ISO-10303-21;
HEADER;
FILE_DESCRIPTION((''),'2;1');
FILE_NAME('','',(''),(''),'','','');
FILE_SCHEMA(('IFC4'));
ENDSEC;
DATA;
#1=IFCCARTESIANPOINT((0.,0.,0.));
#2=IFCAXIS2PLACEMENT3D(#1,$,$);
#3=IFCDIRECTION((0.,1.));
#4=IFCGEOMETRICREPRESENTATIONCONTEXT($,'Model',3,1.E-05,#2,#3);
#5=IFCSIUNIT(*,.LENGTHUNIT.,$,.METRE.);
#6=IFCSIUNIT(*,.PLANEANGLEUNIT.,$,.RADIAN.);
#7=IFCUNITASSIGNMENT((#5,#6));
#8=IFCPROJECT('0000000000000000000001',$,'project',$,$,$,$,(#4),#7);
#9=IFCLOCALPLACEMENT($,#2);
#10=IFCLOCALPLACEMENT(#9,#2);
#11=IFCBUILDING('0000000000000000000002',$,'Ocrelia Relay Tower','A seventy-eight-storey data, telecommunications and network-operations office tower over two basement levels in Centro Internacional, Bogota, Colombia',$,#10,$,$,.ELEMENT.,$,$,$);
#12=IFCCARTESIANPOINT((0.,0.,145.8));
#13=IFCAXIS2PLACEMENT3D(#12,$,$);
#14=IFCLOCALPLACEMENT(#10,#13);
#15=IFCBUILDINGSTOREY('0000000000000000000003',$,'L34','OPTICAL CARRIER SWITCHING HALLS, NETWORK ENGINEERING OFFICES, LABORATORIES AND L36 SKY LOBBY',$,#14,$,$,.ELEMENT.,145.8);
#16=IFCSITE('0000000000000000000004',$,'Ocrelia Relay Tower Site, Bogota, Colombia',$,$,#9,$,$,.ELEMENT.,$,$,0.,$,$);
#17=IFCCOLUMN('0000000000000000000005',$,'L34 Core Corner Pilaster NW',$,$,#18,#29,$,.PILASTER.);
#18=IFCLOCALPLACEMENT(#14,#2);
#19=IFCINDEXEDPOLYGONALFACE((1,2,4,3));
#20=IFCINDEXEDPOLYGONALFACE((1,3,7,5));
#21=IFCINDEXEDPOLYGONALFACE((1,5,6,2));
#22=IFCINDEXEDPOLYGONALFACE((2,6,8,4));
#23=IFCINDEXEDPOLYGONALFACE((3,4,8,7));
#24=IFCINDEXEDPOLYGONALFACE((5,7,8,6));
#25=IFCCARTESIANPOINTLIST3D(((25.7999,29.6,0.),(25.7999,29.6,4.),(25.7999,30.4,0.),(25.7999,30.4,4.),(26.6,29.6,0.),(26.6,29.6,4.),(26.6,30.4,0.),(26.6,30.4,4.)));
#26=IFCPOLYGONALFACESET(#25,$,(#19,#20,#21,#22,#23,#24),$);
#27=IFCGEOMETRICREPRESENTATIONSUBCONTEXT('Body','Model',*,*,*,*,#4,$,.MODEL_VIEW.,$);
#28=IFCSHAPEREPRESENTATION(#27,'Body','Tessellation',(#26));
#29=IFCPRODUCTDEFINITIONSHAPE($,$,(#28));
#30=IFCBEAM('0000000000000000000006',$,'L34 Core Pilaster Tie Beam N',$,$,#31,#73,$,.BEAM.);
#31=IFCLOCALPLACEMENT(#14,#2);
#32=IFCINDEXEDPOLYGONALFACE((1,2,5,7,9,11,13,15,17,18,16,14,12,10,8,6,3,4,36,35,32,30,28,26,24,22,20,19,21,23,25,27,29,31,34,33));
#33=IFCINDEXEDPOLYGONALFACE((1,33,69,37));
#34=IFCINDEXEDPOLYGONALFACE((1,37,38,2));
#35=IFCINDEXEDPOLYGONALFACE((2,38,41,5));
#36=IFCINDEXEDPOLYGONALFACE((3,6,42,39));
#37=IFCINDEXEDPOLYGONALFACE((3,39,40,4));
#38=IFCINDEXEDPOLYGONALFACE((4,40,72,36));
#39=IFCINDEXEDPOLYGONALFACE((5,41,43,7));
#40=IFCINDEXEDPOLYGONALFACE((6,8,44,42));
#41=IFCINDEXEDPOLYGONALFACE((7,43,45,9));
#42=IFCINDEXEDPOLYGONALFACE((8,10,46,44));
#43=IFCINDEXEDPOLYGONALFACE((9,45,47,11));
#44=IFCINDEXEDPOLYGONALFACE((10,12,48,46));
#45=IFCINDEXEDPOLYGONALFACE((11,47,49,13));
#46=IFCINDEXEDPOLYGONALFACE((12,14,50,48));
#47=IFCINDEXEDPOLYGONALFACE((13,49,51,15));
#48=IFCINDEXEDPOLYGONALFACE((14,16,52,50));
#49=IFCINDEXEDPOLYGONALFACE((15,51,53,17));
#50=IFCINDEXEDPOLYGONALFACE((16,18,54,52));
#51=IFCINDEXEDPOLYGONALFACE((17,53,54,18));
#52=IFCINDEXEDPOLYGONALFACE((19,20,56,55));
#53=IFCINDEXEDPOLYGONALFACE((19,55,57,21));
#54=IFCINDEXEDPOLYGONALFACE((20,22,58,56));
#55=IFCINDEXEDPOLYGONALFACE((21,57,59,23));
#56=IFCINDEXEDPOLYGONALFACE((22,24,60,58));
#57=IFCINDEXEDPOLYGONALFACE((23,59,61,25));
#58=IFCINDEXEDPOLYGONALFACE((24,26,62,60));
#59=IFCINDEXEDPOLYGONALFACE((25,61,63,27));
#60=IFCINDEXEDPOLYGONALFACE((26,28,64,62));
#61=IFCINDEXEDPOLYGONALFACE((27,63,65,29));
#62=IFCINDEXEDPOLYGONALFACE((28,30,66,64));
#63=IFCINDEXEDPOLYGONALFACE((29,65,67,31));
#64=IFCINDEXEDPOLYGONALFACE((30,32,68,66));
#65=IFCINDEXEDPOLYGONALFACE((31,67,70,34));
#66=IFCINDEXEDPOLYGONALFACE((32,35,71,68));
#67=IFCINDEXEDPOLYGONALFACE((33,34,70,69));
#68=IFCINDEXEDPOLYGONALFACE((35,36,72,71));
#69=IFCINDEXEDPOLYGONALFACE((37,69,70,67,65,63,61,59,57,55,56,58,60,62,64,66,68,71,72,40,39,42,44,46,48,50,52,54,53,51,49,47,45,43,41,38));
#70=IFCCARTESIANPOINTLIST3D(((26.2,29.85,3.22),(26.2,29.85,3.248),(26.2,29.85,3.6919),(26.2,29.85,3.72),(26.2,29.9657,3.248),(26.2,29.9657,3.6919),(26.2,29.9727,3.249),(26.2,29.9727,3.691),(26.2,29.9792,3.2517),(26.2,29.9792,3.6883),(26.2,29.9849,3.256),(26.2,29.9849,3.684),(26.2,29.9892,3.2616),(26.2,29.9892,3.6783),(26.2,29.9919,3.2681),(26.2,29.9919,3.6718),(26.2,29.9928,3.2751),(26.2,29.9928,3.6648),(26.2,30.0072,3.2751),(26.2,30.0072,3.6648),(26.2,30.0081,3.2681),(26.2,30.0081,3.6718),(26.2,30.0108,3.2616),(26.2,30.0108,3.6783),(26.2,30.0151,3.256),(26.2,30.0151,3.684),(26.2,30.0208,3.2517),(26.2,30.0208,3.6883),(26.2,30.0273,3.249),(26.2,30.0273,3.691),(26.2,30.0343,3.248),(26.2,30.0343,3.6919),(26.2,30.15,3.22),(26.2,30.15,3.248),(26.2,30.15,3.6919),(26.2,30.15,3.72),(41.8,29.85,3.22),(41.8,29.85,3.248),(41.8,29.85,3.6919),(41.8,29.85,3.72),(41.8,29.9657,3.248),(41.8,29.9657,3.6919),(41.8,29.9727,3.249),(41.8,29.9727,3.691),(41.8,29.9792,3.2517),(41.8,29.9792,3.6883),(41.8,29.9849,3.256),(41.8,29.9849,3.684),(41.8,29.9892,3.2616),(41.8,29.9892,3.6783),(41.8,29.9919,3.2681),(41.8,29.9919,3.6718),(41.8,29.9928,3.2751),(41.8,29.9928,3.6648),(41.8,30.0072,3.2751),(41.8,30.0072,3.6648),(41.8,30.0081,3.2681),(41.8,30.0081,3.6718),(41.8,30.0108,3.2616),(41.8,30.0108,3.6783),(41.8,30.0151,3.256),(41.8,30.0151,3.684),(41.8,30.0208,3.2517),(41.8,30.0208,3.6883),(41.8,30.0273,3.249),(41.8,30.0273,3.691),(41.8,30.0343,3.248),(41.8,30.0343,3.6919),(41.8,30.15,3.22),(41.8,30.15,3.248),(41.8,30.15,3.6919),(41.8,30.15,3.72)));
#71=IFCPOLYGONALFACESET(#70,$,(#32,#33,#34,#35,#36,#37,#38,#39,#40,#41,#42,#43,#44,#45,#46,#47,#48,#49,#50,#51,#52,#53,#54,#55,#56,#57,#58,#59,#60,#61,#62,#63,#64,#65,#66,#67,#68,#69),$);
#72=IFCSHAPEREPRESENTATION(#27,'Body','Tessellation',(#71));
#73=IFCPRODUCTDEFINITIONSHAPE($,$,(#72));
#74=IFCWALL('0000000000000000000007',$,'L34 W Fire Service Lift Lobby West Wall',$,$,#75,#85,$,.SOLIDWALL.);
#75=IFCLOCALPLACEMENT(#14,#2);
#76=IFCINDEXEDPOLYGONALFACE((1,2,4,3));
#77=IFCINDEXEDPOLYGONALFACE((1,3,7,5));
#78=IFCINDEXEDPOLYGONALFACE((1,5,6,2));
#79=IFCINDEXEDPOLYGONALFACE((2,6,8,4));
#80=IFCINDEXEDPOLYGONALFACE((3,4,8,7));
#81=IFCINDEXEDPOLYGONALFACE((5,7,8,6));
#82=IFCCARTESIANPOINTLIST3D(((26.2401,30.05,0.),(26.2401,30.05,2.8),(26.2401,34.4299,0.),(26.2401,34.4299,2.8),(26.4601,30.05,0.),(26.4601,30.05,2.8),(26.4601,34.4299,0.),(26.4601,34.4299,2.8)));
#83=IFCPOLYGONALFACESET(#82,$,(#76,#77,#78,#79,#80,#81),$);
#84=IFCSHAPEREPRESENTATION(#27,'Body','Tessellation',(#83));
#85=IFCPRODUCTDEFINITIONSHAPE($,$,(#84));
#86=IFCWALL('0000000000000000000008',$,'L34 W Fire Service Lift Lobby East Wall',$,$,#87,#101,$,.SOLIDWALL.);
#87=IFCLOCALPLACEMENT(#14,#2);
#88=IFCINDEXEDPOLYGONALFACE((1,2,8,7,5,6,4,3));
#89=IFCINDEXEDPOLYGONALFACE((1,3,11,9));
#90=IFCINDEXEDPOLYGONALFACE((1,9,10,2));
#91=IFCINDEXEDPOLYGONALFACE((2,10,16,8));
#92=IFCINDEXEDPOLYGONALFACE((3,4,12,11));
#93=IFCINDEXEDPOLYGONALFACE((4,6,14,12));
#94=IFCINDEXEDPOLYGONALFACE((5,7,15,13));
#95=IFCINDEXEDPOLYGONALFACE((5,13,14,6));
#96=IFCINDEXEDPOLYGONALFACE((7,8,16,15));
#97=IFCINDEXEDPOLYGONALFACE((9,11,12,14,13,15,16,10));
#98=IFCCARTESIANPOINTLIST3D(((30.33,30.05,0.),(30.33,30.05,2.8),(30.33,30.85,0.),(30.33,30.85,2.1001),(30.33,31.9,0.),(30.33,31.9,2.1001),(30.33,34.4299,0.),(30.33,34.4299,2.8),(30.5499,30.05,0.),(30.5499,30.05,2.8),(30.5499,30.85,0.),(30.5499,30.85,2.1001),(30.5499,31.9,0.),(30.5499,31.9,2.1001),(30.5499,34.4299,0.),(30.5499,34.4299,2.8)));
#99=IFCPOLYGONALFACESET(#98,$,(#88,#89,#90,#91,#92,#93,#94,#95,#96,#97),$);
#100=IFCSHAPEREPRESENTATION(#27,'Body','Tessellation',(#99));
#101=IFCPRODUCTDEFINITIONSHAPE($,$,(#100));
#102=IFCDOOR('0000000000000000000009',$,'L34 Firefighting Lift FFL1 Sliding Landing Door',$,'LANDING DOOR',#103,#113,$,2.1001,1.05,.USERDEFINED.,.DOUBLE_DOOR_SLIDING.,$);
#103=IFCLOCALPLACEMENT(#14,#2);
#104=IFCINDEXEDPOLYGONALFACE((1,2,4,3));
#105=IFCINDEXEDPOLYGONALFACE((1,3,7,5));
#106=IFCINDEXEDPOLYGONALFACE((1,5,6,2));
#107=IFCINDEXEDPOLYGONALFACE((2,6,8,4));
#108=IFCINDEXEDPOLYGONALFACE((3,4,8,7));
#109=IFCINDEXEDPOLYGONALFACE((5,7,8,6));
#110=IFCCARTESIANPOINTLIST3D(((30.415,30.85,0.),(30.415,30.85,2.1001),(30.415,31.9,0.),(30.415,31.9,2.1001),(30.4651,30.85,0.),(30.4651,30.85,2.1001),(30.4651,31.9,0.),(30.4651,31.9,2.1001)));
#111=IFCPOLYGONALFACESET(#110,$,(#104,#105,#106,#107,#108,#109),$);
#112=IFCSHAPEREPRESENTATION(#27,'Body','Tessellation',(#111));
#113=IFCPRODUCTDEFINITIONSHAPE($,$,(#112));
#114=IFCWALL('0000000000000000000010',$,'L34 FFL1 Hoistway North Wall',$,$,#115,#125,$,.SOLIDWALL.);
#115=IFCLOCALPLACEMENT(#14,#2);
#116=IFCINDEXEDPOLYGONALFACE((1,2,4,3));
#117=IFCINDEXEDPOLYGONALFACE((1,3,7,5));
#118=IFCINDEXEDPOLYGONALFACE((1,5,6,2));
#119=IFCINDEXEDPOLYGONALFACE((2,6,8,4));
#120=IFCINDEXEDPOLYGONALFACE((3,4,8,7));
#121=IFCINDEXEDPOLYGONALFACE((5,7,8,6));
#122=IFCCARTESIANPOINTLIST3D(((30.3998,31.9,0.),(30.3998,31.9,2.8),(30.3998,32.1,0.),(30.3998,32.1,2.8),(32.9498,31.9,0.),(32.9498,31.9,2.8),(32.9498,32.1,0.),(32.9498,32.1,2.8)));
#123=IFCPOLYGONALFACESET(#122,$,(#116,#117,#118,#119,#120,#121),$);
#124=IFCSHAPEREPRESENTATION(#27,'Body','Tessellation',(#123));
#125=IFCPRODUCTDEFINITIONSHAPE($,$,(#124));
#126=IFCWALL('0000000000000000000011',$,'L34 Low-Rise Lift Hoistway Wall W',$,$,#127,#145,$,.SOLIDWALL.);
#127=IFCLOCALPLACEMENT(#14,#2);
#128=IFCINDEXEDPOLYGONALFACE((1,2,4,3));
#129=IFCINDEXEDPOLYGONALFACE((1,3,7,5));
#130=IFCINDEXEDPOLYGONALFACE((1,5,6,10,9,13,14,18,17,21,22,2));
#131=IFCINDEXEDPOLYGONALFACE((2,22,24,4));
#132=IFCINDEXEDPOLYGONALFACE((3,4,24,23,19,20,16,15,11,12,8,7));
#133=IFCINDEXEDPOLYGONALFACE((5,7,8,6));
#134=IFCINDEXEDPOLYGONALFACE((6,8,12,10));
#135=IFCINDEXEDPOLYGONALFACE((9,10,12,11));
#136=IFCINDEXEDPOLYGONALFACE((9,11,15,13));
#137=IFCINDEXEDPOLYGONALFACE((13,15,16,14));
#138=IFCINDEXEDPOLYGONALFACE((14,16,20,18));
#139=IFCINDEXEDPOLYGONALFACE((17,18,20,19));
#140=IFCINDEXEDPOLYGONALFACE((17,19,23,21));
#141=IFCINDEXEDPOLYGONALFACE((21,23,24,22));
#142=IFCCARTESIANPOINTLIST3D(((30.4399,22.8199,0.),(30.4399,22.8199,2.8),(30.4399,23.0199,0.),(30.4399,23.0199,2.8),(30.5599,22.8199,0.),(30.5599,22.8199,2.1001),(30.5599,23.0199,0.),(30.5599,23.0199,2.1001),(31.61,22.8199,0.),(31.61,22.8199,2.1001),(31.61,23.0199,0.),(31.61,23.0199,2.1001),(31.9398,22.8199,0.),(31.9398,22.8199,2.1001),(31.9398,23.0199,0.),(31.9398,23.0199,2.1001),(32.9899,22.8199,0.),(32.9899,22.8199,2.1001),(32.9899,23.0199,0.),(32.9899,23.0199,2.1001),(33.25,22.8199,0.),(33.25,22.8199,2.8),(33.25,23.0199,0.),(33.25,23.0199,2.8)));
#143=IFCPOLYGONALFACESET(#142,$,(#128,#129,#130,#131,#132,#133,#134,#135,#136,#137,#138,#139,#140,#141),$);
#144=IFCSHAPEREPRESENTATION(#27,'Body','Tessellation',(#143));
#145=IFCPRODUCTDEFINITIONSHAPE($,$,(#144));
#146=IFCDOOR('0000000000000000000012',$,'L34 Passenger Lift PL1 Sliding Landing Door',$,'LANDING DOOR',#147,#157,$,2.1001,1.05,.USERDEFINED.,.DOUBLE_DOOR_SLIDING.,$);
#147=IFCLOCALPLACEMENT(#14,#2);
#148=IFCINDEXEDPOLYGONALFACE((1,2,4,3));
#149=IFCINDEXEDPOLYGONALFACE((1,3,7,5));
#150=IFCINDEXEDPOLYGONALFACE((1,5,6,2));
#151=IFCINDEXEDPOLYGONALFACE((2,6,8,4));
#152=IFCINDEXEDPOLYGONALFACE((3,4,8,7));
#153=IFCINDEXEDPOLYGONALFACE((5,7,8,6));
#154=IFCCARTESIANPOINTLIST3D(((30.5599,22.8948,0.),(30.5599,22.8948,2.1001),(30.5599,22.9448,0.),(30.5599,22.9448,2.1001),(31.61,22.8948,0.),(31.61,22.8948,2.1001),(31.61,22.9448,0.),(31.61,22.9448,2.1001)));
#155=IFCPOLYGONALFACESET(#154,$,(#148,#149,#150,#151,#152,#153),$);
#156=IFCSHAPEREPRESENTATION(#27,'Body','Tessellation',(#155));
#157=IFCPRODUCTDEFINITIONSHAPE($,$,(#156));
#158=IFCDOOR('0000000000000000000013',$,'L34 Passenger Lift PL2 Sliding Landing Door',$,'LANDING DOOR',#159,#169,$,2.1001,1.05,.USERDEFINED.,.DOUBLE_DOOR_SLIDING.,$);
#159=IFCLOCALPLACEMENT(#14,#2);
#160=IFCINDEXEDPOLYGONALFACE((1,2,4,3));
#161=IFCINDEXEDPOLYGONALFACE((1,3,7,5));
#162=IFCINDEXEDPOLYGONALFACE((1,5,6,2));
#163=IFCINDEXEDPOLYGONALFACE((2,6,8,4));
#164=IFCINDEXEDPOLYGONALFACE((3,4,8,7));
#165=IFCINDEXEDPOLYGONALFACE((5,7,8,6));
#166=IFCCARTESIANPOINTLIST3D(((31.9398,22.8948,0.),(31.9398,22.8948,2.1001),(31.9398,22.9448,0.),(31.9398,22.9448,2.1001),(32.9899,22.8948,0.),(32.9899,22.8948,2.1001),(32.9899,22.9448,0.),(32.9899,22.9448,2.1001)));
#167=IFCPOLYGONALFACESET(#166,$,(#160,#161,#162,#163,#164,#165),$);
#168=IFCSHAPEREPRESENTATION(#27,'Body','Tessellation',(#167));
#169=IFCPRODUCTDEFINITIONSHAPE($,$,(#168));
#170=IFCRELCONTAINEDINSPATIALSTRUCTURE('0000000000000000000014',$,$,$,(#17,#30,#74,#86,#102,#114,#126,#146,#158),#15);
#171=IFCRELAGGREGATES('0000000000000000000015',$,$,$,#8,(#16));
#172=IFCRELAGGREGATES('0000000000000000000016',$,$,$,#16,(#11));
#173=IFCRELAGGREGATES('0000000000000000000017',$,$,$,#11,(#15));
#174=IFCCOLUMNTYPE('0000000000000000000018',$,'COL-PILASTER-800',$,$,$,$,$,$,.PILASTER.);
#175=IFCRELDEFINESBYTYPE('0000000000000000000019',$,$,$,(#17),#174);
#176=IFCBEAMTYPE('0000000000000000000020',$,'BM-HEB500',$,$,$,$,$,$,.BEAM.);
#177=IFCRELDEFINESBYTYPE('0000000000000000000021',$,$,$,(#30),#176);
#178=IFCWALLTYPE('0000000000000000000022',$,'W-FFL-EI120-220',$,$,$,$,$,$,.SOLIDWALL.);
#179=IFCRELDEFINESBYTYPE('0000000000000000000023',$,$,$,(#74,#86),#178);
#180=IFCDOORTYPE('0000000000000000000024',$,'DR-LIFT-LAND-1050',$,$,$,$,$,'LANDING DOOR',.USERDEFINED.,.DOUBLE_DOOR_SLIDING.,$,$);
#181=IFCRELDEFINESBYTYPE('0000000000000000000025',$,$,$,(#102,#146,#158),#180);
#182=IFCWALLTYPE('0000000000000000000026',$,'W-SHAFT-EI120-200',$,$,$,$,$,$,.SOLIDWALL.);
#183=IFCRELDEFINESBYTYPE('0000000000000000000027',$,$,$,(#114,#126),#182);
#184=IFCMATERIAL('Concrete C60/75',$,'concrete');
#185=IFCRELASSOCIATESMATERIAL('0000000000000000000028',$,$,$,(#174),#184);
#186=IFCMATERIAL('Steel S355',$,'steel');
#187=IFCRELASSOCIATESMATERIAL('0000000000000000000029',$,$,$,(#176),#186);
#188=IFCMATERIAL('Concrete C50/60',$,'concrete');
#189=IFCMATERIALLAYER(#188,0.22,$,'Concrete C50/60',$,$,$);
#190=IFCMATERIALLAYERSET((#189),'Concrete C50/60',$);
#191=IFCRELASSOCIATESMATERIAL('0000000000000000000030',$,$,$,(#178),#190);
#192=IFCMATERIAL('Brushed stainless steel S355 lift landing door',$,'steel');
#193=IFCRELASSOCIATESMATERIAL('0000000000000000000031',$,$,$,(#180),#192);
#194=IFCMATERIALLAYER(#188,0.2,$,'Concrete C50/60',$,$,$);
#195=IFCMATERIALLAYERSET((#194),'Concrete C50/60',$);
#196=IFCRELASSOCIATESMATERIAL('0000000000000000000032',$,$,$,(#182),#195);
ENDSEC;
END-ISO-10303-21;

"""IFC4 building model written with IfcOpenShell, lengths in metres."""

from ifc_helpers import new_model, si_unit, direction, frame, frame_2d, origin, origin_2d, place, context, subcontext, project, spatial, rectangle, i_section, extrude, material, layer, layer_set, material_profile, profile_set, type_object, element, fill, save


model = new_model("IFC4")

# Units and contexts
model_context = context("Model", 3, precision=1e-05, world=origin(), true_north=direction((0.0, 1.0)))
body_context = subcontext(model_context, "Body", "Model", "MODEL_VIEW")
ifc_project = project(units=[si_unit("LENGTHUNIT", "METRE"), si_unit("PLANEANGLEUNIT", "RADIAN")], contexts=[model_context])

# Site, building, storey
site_placement = place(None, origin())
site = spatial("IfcSite", under=ifc_project, at=site_placement, Name="Ocrelia Relay Tower Site, Bogota, Colombia", CompositionType="ELEMENT", RefElevation=0.0)
building_placement = place(site_placement, origin())
building = spatial("IfcBuilding", under=site, at=building_placement, Name="Ocrelia Relay Tower", Description="A seventy-eight-storey data, telecommunications and network-operations office tower over two basement levels in Centro Internacional, Bogota, Colombia", CompositionType="ELEMENT")
storey_placement = place(building_placement, frame((0.0, 0.0, 145.8)))
storey = spatial("IfcBuildingStorey", under=building, at=storey_placement, Name="L34", Description="OPTICAL CARRIER SWITCHING HALLS, NETWORK ENGINEERING OFFICES, LABORATORIES AND L36 SKY LOBBY", CompositionType="ELEMENT", Elevation=145.8)

# Column
ifc_material_1 = material(Name="Concrete C60/75", Category="concrete")
ifc_material_profile_1 = material_profile(ifc_material_1, rectangle(XDim=0.8, YDim=0.8, at=origin_2d()), Name="RC-COL-800x800")
ifc_profile_set_1 = profile_set([ifc_material_profile_1], Name="Concrete C60/75")
column_type = type_object("IfcColumnType", Name="COL-PILASTER-800", PredefinedType="PILASTER", material=ifc_profile_set_1)
column_placement = place(storey_placement, frame((26.2, 30.0, 0.0), z_axis=(0.0, 0.0, 1.0), x_axis=(1.0, 0.0, 0.0)))
element("IfcColumn", 1, at=column_placement, inside=storey, type_object=column_type, Name="L34 Core Corner Pilaster NW", PredefinedType="PILASTER", context=body_context, shape_type="SweptSolid", body=[
    extrude(rectangle(XDim=0.8, YDim=0.8, at=origin_2d()), origin(), (0.0, 0.0, 1.0), 4.0),
])

# Beam
ifc_material_2 = material(Name="Steel S355", Category="steel")
ifc_material_profile_2 = material_profile(ifc_material_2, i_section(OverallWidth=0.3, OverallDepth=0.5, WebThickness=0.0144, FlangeThickness=0.0281, FilletRadius=0.0271, at=origin_2d()), Name="HEB 500")
ifc_profile_set_2 = profile_set([ifc_material_profile_2], Name="Steel S355")
beam_type = type_object("IfcBeamType", Name="BM-HEB500", PredefinedType="BEAM", material=ifc_profile_set_2)
beam_placement = place(storey_placement, frame((26.2, 30.0, 3.47), z_axis=(1.0, 0.0, 0.0), x_axis=(0.0, 1.0, 0.0)))
element("IfcBeam", 2, at=beam_placement, inside=storey, type_object=beam_type, Name="L34 Core Pilaster Tie Beam N", PredefinedType="BEAM", context=body_context, shape_type="SweptSolid", body=[
    extrude(i_section(OverallWidth=0.3, OverallDepth=0.5, WebThickness=0.0144, FlangeThickness=0.0281, FilletRadius=0.0271, at=origin_2d()), origin(), (0.0, 0.0, 1.0), 15.6001),
])

# Wall
ifc_material_3 = material(Name="Concrete C50/60", Category="concrete")
ifc_layer_1 = layer(ifc_material_3, 0.22, Name="Concrete C50/60")
ifc_layer_set_1 = layer_set([ifc_layer_1], Name="Concrete C50/60")
wall_type_1 = type_object("IfcWallType", Name="W-FFL-EI120-220", PredefinedType="SOLIDWALL", material=ifc_layer_set_1)
wall_1_placement = place(storey_placement, frame((26.3501, 30.05, 0.0), z_axis=(0.0, 0.0, 1.0), x_axis=(0.0, 1.0, 0.0)))
element("IfcWall", 3, at=wall_1_placement, inside=storey, type_object=wall_type_1, Name="L34 W Fire Service Lift Lobby West Wall", PredefinedType="SOLIDWALL", context=body_context, shape_type="SweptSolid", body=[
    extrude(rectangle(XDim=4.3799, YDim=0.22, at=frame_2d((2.1899, 0.0))), origin(), (0.0, 0.0, 1.0), 2.8),
])

# Wall, opening, door
wall_2_placement = place(storey_placement, frame((30.4399, 30.05, 0.0), z_axis=(0.0, 0.0, 1.0), x_axis=(0.0, 1.0, 0.0)))
wall_2 = element("IfcWall", 4, at=wall_2_placement, inside=storey, type_object=wall_type_1, Name="L34 W Fire Service Lift Lobby East Wall", PredefinedType="SOLIDWALL", context=body_context, shape_type="SweptSolid", body=[
    extrude(rectangle(XDim=4.3799, YDim=0.22, at=frame_2d((2.1899, 0.0))), origin(), (0.0, 0.0, 1.0), 2.8),
])
opening_1_placement = place(wall_2_placement, frame((0.8, 0.0, 0.0)))
opening_1 = element("IfcOpeningElement", 5, at=opening_1_placement, cuts=wall_2, PredefinedType="OPENING", context=body_context, shape_type="SweptSolid", body=[
    extrude(rectangle(XDim=1.05, YDim=2.1001, at=frame_2d((0.5249, 1.05))), frame((0.0, 0.1201, 0.0), z_axis=(0.0, -1.0, 0.0), x_axis=(1.0, 0.0, 0.0)), (0.0, 0.0, 1.0), 0.24),
])
ifc_material_4 = material(Name="Brushed stainless steel S355 lift landing door", Category="steel")
door_type_1 = type_object("IfcDoorType", Name="DR-LIFT-LAND-1050", ElementType="LANDING DOOR", OperationType="DOUBLE_DOOR_SLIDING", PredefinedType="USERDEFINED", material=ifc_material_4)
door_1_placement = place(opening_1_placement, origin())
door_1 = element("IfcDoor", 6, at=door_1_placement, inside=storey, type_object=door_type_1, Name="L34 Firefighting Lift FFL1 Sliding Landing Door", ObjectType="LANDING DOOR", OperationType="DOUBLE_DOOR_SLIDING", OverallHeight=2.1001, OverallWidth=1.05, PredefinedType="USERDEFINED", context=body_context, shape_type="SweptSolid", body=[
    extrude(rectangle(XDim=1.05, YDim=2.1001, at=frame_2d((0.5249, 1.05))), frame((0.0, 0.0249, 0.0), z_axis=(0.0, -1.0, 0.0), x_axis=(1.0, 0.0, 0.0)), (0.0, 0.0, 1.0), 0.05),
])
fill(opening_1, door_1)

# Wall
ifc_layer_2 = layer(ifc_material_3, 0.2, Name="Concrete C50/60")
ifc_layer_set_2 = layer_set([ifc_layer_2], Name="Concrete C50/60")
wall_type_2 = type_object("IfcWallType", Name="W-SHAFT-EI120-200", PredefinedType="SOLIDWALL", material=ifc_layer_set_2)
wall_3_placement = place(storey_placement, frame((30.3999, 32.0, 0.0), z_axis=(0.0, 0.0, 1.0), x_axis=(1.0, 0.0, 0.0)))
element("IfcWall", 7, at=wall_3_placement, inside=storey, type_object=wall_type_2, Name="L34 FFL1 Hoistway North Wall", PredefinedType="SOLIDWALL", context=body_context, shape_type="SweptSolid", body=[
    extrude(rectangle(XDim=2.55, YDim=0.2, at=frame_2d((1.2749, 0.0))), origin(), (0.0, 0.0, 1.0), 2.8),
])

# Wall, openings, doors
wall_4_placement = place(storey_placement, frame((30.4399, 22.9199, 0.0), z_axis=(0.0, 0.0, 1.0), x_axis=(1.0, 0.0, 0.0)))
wall_4 = element("IfcWall", 8, at=wall_4_placement, inside=storey, type_object=wall_type_2, Name="L34 Low-Rise Lift Hoistway Wall W", PredefinedType="SOLIDWALL", context=body_context, shape_type="SweptSolid", body=[
    extrude(rectangle(XDim=2.8101, YDim=0.2, at=frame_2d((1.405, 0.0))), origin(), (0.0, 0.0, 1.0), 2.8),
])
opening_2_placement = place(wall_4_placement, frame((0.1201, 0.0, 0.0)))
opening_2 = element("IfcOpeningElement", 9, at=opening_2_placement, cuts=wall_4, PredefinedType="OPENING", context=body_context, shape_type="SweptSolid", body=[
    extrude(rectangle(XDim=1.05, YDim=2.1001, at=frame_2d((0.5249, 1.05))), frame((0.0, 0.1099, 0.0), z_axis=(0.0, -1.0, 0.0), x_axis=(1.0, 0.0, 0.0)), (0.0, 0.0, 1.0), 0.22),
])
opening_3_placement = place(wall_4_placement, frame((1.5, 0.0, 0.0)))
opening_3 = element("IfcOpeningElement", 10, at=opening_3_placement, cuts=wall_4, PredefinedType="OPENING", context=body_context, shape_type="SweptSolid", body=[
    extrude(rectangle(XDim=1.05, YDim=2.1001, at=frame_2d((0.5249, 1.05))), frame((0.0, 0.1099, 0.0), z_axis=(0.0, -1.0, 0.0), x_axis=(1.0, 0.0, 0.0)), (0.0, 0.0, 1.0), 0.22),
])
door_2_placement = place(opening_2_placement, origin())
door_2 = element("IfcDoor", 11, at=door_2_placement, inside=storey, type_object=door_type_1, Name="L34 Passenger Lift PL1 Sliding Landing Door", ObjectType="LANDING DOOR", OperationType="DOUBLE_DOOR_SLIDING", OverallHeight=2.1001, OverallWidth=1.05, PredefinedType="USERDEFINED", context=body_context, shape_type="SweptSolid", body=[
    extrude(rectangle(XDim=1.05, YDim=2.1001, at=frame_2d((0.5249, 1.05))), frame((0.0, 0.0249, 0.0), z_axis=(0.0, -1.0, 0.0), x_axis=(1.0, 0.0, 0.0)), (0.0, 0.0, 1.0), 0.05),
])
fill(opening_2, door_2)
door_3_placement = place(opening_3_placement, origin())
door_3 = element("IfcDoor", 12, at=door_3_placement, inside=storey, type_object=door_type_1, Name="L34 Passenger Lift PL2 Sliding Landing Door", ObjectType="LANDING DOOR", OperationType="DOUBLE_DOOR_SLIDING", OverallHeight=2.1001, OverallWidth=1.05, PredefinedType="USERDEFINED", context=body_context, shape_type="SweptSolid", body=[
    extrude(rectangle(XDim=1.05, YDim=2.1001, at=frame_2d((0.5249, 1.05))), frame((0.0, 0.0249, 0.0), z_axis=(0.0, -1.0, 0.0), x_axis=(1.0, 0.0, 0.0)), (0.0, 0.0, 1.0), 0.05),
])
fill(opening_3, door_3)

save(model, "model.ifc")
